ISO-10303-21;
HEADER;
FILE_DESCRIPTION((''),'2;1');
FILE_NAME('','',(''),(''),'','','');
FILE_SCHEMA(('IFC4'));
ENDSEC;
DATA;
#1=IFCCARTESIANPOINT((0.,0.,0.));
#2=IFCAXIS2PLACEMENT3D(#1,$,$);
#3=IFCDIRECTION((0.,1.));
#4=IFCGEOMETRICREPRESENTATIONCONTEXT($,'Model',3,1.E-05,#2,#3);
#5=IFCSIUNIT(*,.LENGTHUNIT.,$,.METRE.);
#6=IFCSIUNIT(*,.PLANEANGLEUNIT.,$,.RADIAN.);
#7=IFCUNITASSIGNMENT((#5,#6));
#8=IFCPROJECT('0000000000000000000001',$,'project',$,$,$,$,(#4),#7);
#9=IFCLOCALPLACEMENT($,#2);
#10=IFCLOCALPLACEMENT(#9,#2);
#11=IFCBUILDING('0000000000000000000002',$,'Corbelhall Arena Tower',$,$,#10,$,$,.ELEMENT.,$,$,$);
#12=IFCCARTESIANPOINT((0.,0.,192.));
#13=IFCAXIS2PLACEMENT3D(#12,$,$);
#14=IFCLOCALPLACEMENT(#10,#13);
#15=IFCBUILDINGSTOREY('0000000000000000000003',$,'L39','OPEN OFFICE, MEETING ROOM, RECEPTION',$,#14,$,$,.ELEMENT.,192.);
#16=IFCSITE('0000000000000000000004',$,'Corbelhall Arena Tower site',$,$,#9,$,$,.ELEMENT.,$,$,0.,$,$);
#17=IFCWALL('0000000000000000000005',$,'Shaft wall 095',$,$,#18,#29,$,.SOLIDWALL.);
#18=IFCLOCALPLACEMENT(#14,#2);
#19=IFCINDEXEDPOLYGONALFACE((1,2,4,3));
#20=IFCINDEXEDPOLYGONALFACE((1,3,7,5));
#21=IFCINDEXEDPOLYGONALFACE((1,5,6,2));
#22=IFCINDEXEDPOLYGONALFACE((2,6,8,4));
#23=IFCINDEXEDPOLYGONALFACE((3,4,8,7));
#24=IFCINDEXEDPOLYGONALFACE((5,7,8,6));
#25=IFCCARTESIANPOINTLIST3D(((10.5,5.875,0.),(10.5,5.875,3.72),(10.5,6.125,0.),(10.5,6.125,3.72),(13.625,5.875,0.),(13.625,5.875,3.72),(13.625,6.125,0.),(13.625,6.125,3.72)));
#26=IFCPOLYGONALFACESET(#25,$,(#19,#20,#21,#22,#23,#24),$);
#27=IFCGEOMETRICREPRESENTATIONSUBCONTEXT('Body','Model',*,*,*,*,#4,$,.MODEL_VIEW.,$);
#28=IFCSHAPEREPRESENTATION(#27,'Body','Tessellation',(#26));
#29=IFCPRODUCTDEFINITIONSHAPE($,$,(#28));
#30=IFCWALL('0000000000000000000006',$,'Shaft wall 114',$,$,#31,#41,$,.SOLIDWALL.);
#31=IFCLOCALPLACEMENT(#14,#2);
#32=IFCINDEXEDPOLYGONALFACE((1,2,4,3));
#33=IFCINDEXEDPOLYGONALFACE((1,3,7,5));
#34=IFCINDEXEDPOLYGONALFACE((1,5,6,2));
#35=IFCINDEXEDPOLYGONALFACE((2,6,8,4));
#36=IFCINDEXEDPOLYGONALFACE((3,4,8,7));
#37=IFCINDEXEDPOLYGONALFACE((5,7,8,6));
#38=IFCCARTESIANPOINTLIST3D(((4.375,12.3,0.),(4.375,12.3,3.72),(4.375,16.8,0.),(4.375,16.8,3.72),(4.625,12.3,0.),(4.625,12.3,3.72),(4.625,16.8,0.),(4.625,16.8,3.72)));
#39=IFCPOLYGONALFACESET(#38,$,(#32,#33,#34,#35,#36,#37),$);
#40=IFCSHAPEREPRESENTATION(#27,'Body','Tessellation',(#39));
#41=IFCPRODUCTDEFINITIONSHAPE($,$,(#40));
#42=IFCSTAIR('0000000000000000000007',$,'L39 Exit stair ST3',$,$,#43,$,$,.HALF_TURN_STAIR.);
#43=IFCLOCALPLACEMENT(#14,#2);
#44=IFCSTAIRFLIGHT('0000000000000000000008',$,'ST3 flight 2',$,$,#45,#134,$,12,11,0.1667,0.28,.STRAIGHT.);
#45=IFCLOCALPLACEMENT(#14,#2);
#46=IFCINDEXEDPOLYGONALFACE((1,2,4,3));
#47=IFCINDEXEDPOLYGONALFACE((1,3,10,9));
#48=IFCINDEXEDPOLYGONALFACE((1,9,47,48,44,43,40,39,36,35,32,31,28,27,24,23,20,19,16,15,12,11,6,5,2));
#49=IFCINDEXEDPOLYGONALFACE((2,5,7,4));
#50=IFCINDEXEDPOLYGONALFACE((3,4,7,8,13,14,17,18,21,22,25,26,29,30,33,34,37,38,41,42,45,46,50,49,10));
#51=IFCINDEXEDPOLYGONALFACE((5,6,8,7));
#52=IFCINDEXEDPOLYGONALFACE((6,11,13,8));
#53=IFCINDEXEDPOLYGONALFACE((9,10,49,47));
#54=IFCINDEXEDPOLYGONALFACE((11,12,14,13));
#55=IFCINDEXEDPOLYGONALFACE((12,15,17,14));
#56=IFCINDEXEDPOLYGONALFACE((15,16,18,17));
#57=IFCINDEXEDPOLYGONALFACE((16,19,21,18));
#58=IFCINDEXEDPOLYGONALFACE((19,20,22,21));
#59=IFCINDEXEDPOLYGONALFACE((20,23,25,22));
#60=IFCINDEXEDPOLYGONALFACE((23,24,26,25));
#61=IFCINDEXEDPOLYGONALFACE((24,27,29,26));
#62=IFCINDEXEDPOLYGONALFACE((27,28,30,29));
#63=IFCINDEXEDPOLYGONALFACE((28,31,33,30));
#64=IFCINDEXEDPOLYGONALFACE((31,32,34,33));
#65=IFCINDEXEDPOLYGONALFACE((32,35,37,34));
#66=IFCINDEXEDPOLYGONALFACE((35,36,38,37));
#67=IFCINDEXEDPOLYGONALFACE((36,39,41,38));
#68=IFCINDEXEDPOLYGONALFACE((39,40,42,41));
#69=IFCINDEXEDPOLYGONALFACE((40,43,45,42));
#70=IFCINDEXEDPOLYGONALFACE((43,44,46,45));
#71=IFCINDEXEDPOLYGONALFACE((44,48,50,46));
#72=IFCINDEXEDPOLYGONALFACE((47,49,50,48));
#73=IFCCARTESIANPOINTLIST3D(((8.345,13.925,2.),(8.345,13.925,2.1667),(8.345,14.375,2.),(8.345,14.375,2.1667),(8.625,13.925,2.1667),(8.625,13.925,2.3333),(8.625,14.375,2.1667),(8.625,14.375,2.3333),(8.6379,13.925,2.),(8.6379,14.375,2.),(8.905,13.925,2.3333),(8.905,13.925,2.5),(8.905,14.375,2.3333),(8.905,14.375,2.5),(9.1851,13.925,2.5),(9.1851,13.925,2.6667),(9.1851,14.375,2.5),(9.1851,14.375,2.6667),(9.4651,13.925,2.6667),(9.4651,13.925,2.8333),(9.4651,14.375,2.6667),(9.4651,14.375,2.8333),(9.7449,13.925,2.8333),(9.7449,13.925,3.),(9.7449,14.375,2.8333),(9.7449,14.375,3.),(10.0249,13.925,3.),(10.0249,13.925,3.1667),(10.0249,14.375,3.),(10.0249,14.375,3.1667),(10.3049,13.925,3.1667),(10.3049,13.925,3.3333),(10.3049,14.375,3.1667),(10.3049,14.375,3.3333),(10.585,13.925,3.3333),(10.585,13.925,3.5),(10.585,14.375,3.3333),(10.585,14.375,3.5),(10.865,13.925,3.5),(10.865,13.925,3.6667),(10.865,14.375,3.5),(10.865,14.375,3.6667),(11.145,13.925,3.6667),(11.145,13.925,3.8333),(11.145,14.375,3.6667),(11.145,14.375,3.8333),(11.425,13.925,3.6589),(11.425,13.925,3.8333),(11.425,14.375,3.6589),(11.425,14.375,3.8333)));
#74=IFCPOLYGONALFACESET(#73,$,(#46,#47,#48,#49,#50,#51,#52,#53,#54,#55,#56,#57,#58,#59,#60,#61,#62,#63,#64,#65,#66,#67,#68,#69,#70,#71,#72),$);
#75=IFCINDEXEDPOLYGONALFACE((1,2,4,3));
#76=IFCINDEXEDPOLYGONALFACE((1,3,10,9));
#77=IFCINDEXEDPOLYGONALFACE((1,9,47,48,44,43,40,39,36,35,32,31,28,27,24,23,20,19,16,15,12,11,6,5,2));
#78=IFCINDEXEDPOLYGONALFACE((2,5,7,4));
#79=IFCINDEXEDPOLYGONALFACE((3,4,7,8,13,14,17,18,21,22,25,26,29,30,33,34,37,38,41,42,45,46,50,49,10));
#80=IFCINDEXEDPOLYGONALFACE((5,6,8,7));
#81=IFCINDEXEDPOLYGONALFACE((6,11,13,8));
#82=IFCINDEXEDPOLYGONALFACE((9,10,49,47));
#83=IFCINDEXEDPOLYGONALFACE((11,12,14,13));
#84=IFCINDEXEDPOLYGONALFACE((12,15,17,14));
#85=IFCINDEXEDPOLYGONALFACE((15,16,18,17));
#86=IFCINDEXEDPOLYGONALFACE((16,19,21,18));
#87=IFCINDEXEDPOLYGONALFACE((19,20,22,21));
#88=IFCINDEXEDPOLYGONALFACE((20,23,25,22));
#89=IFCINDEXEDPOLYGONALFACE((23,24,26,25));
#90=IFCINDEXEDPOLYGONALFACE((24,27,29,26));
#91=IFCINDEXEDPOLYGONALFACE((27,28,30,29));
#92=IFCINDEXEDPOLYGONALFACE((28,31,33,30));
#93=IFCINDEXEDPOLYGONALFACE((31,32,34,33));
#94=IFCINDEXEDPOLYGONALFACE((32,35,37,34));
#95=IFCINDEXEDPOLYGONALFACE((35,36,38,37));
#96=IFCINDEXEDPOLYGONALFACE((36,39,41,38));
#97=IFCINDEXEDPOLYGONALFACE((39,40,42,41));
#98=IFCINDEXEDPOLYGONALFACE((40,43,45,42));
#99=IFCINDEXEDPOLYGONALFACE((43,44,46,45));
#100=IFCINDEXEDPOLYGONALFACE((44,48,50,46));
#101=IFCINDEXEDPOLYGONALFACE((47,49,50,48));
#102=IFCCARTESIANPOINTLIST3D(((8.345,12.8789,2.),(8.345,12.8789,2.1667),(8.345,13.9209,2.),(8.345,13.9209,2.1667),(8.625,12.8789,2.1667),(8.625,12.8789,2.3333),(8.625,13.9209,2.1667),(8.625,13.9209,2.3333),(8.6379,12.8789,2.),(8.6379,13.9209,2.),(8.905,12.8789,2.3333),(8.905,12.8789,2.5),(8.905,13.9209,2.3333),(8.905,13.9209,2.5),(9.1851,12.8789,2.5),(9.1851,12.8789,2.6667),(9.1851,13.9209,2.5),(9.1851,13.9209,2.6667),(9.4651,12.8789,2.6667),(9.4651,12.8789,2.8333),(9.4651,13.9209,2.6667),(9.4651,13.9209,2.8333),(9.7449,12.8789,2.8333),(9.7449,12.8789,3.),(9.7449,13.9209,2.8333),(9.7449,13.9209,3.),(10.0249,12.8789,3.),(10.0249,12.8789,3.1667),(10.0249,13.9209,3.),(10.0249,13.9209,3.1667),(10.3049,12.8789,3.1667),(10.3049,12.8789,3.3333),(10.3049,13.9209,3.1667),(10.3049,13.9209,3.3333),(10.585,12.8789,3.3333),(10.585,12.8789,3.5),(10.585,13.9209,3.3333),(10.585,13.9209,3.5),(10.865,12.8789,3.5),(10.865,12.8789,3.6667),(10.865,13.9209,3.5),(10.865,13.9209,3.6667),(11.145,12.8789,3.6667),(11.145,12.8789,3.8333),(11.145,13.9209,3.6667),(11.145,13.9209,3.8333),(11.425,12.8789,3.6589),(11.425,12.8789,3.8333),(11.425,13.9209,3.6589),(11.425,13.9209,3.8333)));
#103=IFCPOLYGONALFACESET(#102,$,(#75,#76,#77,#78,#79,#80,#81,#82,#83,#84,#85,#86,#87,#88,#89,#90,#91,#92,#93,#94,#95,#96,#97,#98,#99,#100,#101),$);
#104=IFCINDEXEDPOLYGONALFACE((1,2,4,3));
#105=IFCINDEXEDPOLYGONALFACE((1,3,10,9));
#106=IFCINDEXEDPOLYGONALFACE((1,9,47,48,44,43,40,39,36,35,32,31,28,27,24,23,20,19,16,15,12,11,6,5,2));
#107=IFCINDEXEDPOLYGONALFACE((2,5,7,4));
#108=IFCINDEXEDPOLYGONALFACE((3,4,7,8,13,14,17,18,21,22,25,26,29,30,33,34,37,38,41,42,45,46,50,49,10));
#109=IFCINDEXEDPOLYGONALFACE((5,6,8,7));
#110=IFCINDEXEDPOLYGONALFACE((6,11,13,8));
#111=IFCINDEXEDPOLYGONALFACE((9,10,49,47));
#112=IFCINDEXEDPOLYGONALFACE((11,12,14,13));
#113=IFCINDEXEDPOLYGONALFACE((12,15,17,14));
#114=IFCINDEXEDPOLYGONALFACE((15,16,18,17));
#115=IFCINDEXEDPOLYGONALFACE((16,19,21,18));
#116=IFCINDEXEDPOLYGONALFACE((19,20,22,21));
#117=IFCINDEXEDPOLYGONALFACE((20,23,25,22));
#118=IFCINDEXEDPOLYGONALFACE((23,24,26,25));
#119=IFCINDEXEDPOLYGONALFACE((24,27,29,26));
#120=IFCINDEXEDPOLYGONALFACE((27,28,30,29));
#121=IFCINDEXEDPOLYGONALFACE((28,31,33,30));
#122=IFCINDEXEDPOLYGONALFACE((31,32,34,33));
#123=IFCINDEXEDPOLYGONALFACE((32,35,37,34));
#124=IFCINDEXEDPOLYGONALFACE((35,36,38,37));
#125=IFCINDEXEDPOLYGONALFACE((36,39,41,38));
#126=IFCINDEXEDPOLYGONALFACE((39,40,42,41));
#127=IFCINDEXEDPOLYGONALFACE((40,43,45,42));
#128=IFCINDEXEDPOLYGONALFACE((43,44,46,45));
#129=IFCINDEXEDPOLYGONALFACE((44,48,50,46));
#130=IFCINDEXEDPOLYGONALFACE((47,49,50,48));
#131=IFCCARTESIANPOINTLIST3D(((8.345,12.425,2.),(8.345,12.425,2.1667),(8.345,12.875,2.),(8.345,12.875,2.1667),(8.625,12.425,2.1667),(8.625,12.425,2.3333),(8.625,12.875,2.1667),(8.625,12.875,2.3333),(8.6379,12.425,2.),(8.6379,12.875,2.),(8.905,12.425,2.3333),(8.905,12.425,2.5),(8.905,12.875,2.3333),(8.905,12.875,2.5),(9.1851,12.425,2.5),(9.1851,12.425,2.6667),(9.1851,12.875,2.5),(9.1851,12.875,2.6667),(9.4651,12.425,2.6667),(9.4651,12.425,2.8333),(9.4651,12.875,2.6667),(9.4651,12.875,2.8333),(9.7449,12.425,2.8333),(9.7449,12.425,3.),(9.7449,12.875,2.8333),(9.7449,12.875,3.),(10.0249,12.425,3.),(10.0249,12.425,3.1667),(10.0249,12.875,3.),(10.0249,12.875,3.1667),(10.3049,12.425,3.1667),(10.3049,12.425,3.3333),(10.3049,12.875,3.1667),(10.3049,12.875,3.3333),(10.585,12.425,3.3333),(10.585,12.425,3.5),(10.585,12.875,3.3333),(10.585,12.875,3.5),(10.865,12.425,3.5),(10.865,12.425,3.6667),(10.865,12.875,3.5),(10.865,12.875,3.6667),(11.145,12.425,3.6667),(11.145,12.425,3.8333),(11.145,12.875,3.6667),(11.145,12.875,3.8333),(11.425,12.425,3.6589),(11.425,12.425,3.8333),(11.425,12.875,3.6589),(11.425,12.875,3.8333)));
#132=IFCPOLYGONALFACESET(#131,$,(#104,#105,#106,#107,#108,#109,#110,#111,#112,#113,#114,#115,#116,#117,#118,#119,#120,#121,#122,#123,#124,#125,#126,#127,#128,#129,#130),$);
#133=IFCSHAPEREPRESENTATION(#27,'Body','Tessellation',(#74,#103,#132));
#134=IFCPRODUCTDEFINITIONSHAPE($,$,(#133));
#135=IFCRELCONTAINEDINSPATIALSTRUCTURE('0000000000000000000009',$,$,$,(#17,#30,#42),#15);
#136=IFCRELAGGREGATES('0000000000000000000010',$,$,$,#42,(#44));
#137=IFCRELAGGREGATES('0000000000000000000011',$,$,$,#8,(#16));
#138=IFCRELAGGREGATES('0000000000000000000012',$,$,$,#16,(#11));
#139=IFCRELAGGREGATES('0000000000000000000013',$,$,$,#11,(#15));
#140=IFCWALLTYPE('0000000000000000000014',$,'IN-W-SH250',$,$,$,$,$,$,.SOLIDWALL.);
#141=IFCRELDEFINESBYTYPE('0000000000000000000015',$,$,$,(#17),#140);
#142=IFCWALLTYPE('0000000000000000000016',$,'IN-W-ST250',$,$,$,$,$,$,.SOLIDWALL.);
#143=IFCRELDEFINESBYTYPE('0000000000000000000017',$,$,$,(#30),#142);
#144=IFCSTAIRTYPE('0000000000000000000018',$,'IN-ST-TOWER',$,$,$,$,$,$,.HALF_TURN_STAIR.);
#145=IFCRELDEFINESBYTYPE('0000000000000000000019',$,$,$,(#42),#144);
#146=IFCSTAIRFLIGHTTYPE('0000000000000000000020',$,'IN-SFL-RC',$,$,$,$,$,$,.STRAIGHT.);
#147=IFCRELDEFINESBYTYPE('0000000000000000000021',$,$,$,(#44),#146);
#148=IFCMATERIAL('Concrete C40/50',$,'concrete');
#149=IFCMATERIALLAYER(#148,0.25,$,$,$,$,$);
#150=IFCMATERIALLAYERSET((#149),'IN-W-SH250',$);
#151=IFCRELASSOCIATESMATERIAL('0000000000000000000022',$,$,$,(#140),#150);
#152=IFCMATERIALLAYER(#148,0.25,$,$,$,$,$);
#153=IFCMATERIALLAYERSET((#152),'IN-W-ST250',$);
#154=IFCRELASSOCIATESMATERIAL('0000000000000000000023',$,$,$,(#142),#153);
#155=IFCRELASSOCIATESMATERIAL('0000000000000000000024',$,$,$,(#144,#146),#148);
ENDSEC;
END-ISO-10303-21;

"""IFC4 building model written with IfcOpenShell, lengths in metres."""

from ifc_helpers import new_model, si_unit, direction, frame, frame_2d, origin, place, context, subcontext, project, spatial, polyline, rectangle, outline, extrude, material, layer, layer_set, type_object, element, aggregate, save


model = new_model("IFC4")

# Units and contexts
model_context = context("Model", 3, precision=1e-05, world=origin(), true_north=direction((0.0, 1.0)))
body_context = subcontext(model_context, "Body", "Model", "MODEL_VIEW")
ifc_project = project(units=[si_unit("LENGTHUNIT", "METRE"), si_unit("PLANEANGLEUNIT", "RADIAN")], contexts=[model_context])

# Site, building, storey
site_placement = place(None, origin())
site = spatial("IfcSite", under=ifc_project, at=site_placement, Name="Corbelhall Arena Tower site", CompositionType="ELEMENT", RefElevation=0.0)
building_placement = place(site_placement, origin())
building = spatial("IfcBuilding", under=site, at=building_placement, Name="Corbelhall Arena Tower", CompositionType="ELEMENT")
storey_placement = place(building_placement, frame((0.0, 0.0, 192.0)))
storey = spatial("IfcBuildingStorey", under=building, at=storey_placement, Name="L39", Description="OPEN OFFICE, MEETING ROOM, RECEPTION", CompositionType="ELEMENT", Elevation=192.0)

# Shared definitions
ifc_material_1 = material(Name="Concrete C40/50", Category="concrete")
ifc_layer_1 = layer(ifc_material_1, 0.25)
ifc_layer_set_1 = layer_set([ifc_layer_1], Name="IN-W-SH250")
wall_type_1 = type_object("IfcWallType", Name="IN-W-SH250", PredefinedType="SOLIDWALL", material=ifc_layer_set_1)

# Walls
wall_1_placement = place(storey_placement, frame((10.5, 6.0, 0.0), z_axis=(0.0, 0.0, 1.0), x_axis=(1.0, 0.0, 0.0)))
element("IfcWall", 1, at=wall_1_placement, inside=storey, type_object=wall_type_1, Name="Shaft wall 095", PredefinedType="SOLIDWALL", context=body_context, shape_type="SweptSolid", body=[
    extrude(rectangle(XDim=3.125, YDim=0.25, at=frame_2d((1.5625, 0.0))), origin(), (0.0, 0.0, 1.0), 3.72),
])
ifc_layer_2 = layer(ifc_material_1, 0.25)
ifc_layer_set_2 = layer_set([ifc_layer_2], Name="IN-W-ST250")
wall_type_2 = type_object("IfcWallType", Name="IN-W-ST250", PredefinedType="SOLIDWALL", material=ifc_layer_set_2)
wall_2_placement = place(storey_placement, frame((4.5, 12.3, 0.0), z_axis=(0.0, 0.0, 1.0), x_axis=(0.0, 1.0, 0.0)))
element("IfcWall", 2, at=wall_2_placement, inside=storey, type_object=wall_type_2, Name="Shaft wall 114", PredefinedType="SOLIDWALL", context=body_context, shape_type="SweptSolid", body=[
    extrude(rectangle(XDim=4.5, YDim=0.25, at=frame_2d((2.25, 0.0))), origin(), (0.0, 0.0, 1.0), 3.72),
])

# Stair, stair flight
stair_type = type_object("IfcStairType", Name="IN-ST-TOWER", PredefinedType="HALF_TURN_STAIR", material=ifc_material_1)
stair_placement = place(storey_placement, origin())
stair = element("IfcStair", 3, at=stair_placement, inside=storey, type_object=stair_type, Name="L39 Exit stair ST3", PredefinedType="HALF_TURN_STAIR")
stair_flight_type = type_object("IfcStairFlightType", Name="IN-SFL-RC", PredefinedType="STRAIGHT", material=ifc_material_1)
stair_flight_placement = place(storey_placement, frame((8.345, 13.3999, 2.0), z_axis=(0.0, 0.0, 1.0), x_axis=(1.0, 0.0, 0.0)))
stair_flight = element("IfcStairFlight", 4, at=stair_flight_placement, type_object=stair_flight_type, Name="ST3 flight 2", NumberOfRisers=12, NumberOfTreads=11, PredefinedType="STRAIGHT", RiserHeight=0.1667, TreadLength=0.28, context=body_context, shape_type="SweptSolid", body=[
    extrude(outline(polyline([(0.0, 0.0), (0.0, 0.1667), (0.28, 0.1667), (0.28, 0.3333), (0.5601, 0.3333), (0.5601, 0.5), (0.8401, 0.5), (0.8401, 0.6667), (1.1201, 0.6667), (1.1201, 0.8333), (1.3999, 0.8333), (1.3999, 1.0), (1.6799, 1.0), (1.6799, 1.1667), (1.96, 1.1667), (1.96, 1.3333), (2.24, 1.3333), (2.24, 1.5), (2.52, 1.5), (2.52, 1.6667), (2.8, 1.6667), (2.8, 1.8333), (3.0801, 1.8333), (3.0801, 2.0), (3.0801, 1.6589), (0.293, 0.0), (0.0, 0.0)])), frame((0.0, 0.9751, 0.0), z_axis=(0.0, -1.0, 0.0), x_axis=(1.0, 0.0, 0.0)), (0.0, 0.0, 1.0), 0.45),
    extrude(outline(polyline([(0.0, 0.0), (0.0, 0.1667), (0.28, 0.1667), (0.28, 0.3333), (0.5601, 0.3333), (0.5601, 0.5), (0.8401, 0.5), (0.8401, 0.6667), (1.1201, 0.6667), (1.1201, 0.8333), (1.3999, 0.8333), (1.3999, 1.0), (1.6799, 1.0), (1.6799, 1.1667), (1.96, 1.1667), (1.96, 1.3333), (2.24, 1.3333), (2.24, 1.5), (2.52, 1.5), (2.52, 1.6667), (2.8, 1.6667), (2.8, 1.8333), (3.0801, 1.8333), (3.0801, 2.0), (3.0801, 1.6589), (0.293, 0.0), (0.0, 0.0)])), frame((0.0, 0.521, 0.0), z_axis=(0.0, -1.0, 0.0), x_axis=(1.0, 0.0, 0.0)), (0.0, 0.0, 1.0), 1.042),
    extrude(outline(polyline([(0.0, 0.0), (0.0, 0.1667), (0.28, 0.1667), (0.28, 0.3333), (0.5601, 0.3333), (0.5601, 0.5), (0.8401, 0.5), (0.8401, 0.6667), (1.1201, 0.6667), (1.1201, 0.8333), (1.3999, 0.8333), (1.3999, 1.0), (1.6799, 1.0), (1.6799, 1.1667), (1.96, 1.1667), (1.96, 1.3333), (2.24, 1.3333), (2.24, 1.5), (2.52, 1.5), (2.52, 1.6667), (2.8, 1.6667), (2.8, 1.8333), (3.0801, 1.8333), (3.0801, 2.0), (3.0801, 1.6589), (0.293, 0.0), (0.0, 0.0)])), frame((0.0, -0.5249, 0.0), z_axis=(0.0, -1.0, 0.0), x_axis=(1.0, 0.0, 0.0)), (0.0, 0.0, 1.0), 0.45),
])
aggregate(stair, [stair_flight])

save(model, "model.ifc")
